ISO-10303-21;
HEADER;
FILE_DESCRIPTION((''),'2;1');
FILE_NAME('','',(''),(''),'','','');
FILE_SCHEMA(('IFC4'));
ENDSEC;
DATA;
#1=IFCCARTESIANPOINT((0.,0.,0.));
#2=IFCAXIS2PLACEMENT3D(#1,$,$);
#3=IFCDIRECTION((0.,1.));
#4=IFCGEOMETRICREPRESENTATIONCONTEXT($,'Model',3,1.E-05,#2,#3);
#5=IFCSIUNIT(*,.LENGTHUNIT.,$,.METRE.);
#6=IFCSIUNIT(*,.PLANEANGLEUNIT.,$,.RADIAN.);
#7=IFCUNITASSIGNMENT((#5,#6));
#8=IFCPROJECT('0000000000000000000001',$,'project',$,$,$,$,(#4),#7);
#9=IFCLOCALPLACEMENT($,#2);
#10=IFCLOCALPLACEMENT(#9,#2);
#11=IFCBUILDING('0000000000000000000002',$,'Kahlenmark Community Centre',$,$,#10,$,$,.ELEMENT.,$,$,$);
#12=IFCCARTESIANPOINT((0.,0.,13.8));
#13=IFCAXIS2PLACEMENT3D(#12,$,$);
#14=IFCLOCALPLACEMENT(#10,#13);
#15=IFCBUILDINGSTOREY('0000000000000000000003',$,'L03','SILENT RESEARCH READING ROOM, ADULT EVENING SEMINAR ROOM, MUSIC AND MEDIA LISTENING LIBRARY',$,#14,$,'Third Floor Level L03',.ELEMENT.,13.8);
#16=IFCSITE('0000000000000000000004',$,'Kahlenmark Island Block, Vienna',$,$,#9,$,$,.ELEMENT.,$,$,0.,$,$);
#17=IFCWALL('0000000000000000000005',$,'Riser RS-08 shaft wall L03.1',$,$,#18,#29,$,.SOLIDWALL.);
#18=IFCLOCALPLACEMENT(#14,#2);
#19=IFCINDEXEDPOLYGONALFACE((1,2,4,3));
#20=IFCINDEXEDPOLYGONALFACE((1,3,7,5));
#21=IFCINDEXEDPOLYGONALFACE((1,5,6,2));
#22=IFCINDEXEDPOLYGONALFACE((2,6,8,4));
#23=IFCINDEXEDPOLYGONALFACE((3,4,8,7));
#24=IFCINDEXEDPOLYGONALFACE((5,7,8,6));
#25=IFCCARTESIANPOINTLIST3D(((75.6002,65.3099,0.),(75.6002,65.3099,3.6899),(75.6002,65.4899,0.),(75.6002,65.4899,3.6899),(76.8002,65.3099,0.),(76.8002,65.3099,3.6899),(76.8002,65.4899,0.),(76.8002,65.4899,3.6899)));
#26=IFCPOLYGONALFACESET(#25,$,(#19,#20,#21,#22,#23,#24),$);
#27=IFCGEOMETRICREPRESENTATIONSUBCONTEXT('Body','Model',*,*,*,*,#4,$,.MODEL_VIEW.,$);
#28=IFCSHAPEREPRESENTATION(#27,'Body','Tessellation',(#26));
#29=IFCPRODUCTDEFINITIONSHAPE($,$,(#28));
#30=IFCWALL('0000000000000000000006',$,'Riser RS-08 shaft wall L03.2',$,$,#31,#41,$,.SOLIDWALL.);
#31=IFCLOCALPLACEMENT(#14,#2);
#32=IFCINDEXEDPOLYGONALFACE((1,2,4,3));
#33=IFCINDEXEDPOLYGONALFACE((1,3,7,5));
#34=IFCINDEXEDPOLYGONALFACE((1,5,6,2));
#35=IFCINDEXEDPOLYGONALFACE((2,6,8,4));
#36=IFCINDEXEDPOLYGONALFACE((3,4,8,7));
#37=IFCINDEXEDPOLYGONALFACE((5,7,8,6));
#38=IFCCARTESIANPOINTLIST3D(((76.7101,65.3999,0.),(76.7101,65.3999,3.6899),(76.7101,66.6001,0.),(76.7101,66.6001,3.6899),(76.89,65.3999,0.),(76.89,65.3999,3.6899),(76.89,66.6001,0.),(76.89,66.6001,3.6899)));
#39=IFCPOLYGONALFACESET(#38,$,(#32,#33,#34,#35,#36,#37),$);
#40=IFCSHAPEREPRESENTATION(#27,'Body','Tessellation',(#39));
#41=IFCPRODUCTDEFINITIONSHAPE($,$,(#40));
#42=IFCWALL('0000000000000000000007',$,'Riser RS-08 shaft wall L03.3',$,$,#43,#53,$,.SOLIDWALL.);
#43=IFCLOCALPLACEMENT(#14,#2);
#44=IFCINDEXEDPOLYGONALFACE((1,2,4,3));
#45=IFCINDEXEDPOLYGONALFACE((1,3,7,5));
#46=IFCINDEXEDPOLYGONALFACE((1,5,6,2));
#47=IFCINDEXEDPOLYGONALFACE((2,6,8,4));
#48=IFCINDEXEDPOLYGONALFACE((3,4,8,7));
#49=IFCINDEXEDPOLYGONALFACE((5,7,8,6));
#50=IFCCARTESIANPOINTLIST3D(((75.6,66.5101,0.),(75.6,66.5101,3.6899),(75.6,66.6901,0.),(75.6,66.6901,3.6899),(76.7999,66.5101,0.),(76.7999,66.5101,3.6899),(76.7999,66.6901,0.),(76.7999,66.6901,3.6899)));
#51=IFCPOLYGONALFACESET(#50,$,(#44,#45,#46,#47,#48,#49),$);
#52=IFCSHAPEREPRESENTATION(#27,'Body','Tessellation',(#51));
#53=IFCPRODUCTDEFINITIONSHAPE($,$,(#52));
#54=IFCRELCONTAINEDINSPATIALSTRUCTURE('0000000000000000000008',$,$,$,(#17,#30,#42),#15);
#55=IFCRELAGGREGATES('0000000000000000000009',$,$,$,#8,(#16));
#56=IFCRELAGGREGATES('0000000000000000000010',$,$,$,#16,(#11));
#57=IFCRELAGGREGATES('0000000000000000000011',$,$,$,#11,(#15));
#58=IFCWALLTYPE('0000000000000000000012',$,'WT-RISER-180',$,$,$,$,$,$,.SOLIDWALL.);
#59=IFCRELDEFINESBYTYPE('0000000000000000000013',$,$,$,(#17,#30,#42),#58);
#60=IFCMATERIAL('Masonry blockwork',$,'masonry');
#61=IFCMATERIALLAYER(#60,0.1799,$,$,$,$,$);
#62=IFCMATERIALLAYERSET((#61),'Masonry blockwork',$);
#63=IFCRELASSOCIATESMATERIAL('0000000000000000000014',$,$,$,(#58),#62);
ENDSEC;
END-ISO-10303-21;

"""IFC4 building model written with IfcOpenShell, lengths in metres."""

from ifc_helpers import new_model, si_unit, direction, frame, frame_2d, origin, place, context, subcontext, project, spatial, rectangle, extrude, material, layer, layer_set, type_object, element, save


model = new_model("IFC4")

# Units and contexts
model_context = context("Model", 3, precision=1e-05, world=origin(), true_north=direction((0.0, 1.0)))
body_context = subcontext(model_context, "Body", "Model", "MODEL_VIEW")
ifc_project = project(units=[si_unit("LENGTHUNIT", "METRE"), si_unit("PLANEANGLEUNIT", "RADIAN")], contexts=[model_context])

# Site, building, storey
site_placement = place(None, origin())
site = spatial("IfcSite", under=ifc_project, at=site_placement, Name="Kahlenmark Island Block, Vienna", CompositionType="ELEMENT", RefElevation=0.0)
building_placement = place(site_placement, origin())
building = spatial("IfcBuilding", under=site, at=building_placement, Name="Kahlenmark Community Centre", CompositionType="ELEMENT")
storey_placement = place(building_placement, frame((0.0, 0.0, 13.8)))
storey = spatial("IfcBuildingStorey", under=building, at=storey_placement, Name="L03", Description="SILENT RESEARCH READING ROOM, ADULT EVENING SEMINAR ROOM, MUSIC AND MEDIA LISTENING LIBRARY", LongName="Third Floor Level L03", CompositionType="ELEMENT", Elevation=13.8)

# Walls
ifc_material_1 = material(Name="Masonry blockwork", Category="masonry")
ifc_layer_1 = layer(ifc_material_1, 0.1799)
ifc_layer_set_1 = layer_set([ifc_layer_1], Name="Masonry blockwork")
wall_type_1 = type_object("IfcWallType", Name="WT-RISER-180", PredefinedType="SOLIDWALL", material=ifc_layer_set_1)
wall_1_placement = place(storey_placement, frame((75.6001, 65.3999, 0.0), z_axis=(0.0, 0.0, 1.0), x_axis=(1.0, 0.0, 0.0)))
element("IfcWall", 1, at=wall_1_placement, inside=storey, type_object=wall_type_1, Name="Riser RS-08 shaft wall L03.1", PredefinedType="SOLIDWALL", context=body_context, shape_type="SweptSolid", body=[
    extrude(rectangle(XDim=1.2, YDim=0.1799, at=frame_2d((0.6001, 0.0))), origin(), (0.0, 0.0, 1.0), 3.6899),
])
wall_2_placement = place(storey_placement, frame((76.8, 65.3999, 0.0), z_axis=(0.0, 0.0, 1.0), x_axis=(0.0, 1.0, 0.0)))
element("IfcWall", 2, at=wall_2_placement, inside=storey, type_object=wall_type_1, Name="Riser RS-08 shaft wall L03.2", PredefinedType="SOLIDWALL", context=body_context, shape_type="SweptSolid", body=[
    extrude(rectangle(XDim=1.2002, YDim=0.1799, at=frame_2d((0.6001, 0.0))), origin(), (0.0, 0.0, 1.0), 3.6899),
])
wall_3_placement = place(storey_placement, frame((76.8, 66.6001, 0.0), z_axis=(0.0, 0.0, 1.0), x_axis=(-1.0, 0.0, 0.0)))
element("IfcWall", 3, at=wall_3_placement, inside=storey, type_object=wall_type_1, Name="Riser RS-08 shaft wall L03.3", PredefinedType="SOLIDWALL", context=body_context, shape_type="SweptSolid", body=[
    extrude(rectangle(XDim=1.2, YDim=0.1799, at=frame_2d((0.6001, 0.0))), origin(), (0.0, 0.0, 1.0), 3.6899),
])

save(model, "model.ifc")
